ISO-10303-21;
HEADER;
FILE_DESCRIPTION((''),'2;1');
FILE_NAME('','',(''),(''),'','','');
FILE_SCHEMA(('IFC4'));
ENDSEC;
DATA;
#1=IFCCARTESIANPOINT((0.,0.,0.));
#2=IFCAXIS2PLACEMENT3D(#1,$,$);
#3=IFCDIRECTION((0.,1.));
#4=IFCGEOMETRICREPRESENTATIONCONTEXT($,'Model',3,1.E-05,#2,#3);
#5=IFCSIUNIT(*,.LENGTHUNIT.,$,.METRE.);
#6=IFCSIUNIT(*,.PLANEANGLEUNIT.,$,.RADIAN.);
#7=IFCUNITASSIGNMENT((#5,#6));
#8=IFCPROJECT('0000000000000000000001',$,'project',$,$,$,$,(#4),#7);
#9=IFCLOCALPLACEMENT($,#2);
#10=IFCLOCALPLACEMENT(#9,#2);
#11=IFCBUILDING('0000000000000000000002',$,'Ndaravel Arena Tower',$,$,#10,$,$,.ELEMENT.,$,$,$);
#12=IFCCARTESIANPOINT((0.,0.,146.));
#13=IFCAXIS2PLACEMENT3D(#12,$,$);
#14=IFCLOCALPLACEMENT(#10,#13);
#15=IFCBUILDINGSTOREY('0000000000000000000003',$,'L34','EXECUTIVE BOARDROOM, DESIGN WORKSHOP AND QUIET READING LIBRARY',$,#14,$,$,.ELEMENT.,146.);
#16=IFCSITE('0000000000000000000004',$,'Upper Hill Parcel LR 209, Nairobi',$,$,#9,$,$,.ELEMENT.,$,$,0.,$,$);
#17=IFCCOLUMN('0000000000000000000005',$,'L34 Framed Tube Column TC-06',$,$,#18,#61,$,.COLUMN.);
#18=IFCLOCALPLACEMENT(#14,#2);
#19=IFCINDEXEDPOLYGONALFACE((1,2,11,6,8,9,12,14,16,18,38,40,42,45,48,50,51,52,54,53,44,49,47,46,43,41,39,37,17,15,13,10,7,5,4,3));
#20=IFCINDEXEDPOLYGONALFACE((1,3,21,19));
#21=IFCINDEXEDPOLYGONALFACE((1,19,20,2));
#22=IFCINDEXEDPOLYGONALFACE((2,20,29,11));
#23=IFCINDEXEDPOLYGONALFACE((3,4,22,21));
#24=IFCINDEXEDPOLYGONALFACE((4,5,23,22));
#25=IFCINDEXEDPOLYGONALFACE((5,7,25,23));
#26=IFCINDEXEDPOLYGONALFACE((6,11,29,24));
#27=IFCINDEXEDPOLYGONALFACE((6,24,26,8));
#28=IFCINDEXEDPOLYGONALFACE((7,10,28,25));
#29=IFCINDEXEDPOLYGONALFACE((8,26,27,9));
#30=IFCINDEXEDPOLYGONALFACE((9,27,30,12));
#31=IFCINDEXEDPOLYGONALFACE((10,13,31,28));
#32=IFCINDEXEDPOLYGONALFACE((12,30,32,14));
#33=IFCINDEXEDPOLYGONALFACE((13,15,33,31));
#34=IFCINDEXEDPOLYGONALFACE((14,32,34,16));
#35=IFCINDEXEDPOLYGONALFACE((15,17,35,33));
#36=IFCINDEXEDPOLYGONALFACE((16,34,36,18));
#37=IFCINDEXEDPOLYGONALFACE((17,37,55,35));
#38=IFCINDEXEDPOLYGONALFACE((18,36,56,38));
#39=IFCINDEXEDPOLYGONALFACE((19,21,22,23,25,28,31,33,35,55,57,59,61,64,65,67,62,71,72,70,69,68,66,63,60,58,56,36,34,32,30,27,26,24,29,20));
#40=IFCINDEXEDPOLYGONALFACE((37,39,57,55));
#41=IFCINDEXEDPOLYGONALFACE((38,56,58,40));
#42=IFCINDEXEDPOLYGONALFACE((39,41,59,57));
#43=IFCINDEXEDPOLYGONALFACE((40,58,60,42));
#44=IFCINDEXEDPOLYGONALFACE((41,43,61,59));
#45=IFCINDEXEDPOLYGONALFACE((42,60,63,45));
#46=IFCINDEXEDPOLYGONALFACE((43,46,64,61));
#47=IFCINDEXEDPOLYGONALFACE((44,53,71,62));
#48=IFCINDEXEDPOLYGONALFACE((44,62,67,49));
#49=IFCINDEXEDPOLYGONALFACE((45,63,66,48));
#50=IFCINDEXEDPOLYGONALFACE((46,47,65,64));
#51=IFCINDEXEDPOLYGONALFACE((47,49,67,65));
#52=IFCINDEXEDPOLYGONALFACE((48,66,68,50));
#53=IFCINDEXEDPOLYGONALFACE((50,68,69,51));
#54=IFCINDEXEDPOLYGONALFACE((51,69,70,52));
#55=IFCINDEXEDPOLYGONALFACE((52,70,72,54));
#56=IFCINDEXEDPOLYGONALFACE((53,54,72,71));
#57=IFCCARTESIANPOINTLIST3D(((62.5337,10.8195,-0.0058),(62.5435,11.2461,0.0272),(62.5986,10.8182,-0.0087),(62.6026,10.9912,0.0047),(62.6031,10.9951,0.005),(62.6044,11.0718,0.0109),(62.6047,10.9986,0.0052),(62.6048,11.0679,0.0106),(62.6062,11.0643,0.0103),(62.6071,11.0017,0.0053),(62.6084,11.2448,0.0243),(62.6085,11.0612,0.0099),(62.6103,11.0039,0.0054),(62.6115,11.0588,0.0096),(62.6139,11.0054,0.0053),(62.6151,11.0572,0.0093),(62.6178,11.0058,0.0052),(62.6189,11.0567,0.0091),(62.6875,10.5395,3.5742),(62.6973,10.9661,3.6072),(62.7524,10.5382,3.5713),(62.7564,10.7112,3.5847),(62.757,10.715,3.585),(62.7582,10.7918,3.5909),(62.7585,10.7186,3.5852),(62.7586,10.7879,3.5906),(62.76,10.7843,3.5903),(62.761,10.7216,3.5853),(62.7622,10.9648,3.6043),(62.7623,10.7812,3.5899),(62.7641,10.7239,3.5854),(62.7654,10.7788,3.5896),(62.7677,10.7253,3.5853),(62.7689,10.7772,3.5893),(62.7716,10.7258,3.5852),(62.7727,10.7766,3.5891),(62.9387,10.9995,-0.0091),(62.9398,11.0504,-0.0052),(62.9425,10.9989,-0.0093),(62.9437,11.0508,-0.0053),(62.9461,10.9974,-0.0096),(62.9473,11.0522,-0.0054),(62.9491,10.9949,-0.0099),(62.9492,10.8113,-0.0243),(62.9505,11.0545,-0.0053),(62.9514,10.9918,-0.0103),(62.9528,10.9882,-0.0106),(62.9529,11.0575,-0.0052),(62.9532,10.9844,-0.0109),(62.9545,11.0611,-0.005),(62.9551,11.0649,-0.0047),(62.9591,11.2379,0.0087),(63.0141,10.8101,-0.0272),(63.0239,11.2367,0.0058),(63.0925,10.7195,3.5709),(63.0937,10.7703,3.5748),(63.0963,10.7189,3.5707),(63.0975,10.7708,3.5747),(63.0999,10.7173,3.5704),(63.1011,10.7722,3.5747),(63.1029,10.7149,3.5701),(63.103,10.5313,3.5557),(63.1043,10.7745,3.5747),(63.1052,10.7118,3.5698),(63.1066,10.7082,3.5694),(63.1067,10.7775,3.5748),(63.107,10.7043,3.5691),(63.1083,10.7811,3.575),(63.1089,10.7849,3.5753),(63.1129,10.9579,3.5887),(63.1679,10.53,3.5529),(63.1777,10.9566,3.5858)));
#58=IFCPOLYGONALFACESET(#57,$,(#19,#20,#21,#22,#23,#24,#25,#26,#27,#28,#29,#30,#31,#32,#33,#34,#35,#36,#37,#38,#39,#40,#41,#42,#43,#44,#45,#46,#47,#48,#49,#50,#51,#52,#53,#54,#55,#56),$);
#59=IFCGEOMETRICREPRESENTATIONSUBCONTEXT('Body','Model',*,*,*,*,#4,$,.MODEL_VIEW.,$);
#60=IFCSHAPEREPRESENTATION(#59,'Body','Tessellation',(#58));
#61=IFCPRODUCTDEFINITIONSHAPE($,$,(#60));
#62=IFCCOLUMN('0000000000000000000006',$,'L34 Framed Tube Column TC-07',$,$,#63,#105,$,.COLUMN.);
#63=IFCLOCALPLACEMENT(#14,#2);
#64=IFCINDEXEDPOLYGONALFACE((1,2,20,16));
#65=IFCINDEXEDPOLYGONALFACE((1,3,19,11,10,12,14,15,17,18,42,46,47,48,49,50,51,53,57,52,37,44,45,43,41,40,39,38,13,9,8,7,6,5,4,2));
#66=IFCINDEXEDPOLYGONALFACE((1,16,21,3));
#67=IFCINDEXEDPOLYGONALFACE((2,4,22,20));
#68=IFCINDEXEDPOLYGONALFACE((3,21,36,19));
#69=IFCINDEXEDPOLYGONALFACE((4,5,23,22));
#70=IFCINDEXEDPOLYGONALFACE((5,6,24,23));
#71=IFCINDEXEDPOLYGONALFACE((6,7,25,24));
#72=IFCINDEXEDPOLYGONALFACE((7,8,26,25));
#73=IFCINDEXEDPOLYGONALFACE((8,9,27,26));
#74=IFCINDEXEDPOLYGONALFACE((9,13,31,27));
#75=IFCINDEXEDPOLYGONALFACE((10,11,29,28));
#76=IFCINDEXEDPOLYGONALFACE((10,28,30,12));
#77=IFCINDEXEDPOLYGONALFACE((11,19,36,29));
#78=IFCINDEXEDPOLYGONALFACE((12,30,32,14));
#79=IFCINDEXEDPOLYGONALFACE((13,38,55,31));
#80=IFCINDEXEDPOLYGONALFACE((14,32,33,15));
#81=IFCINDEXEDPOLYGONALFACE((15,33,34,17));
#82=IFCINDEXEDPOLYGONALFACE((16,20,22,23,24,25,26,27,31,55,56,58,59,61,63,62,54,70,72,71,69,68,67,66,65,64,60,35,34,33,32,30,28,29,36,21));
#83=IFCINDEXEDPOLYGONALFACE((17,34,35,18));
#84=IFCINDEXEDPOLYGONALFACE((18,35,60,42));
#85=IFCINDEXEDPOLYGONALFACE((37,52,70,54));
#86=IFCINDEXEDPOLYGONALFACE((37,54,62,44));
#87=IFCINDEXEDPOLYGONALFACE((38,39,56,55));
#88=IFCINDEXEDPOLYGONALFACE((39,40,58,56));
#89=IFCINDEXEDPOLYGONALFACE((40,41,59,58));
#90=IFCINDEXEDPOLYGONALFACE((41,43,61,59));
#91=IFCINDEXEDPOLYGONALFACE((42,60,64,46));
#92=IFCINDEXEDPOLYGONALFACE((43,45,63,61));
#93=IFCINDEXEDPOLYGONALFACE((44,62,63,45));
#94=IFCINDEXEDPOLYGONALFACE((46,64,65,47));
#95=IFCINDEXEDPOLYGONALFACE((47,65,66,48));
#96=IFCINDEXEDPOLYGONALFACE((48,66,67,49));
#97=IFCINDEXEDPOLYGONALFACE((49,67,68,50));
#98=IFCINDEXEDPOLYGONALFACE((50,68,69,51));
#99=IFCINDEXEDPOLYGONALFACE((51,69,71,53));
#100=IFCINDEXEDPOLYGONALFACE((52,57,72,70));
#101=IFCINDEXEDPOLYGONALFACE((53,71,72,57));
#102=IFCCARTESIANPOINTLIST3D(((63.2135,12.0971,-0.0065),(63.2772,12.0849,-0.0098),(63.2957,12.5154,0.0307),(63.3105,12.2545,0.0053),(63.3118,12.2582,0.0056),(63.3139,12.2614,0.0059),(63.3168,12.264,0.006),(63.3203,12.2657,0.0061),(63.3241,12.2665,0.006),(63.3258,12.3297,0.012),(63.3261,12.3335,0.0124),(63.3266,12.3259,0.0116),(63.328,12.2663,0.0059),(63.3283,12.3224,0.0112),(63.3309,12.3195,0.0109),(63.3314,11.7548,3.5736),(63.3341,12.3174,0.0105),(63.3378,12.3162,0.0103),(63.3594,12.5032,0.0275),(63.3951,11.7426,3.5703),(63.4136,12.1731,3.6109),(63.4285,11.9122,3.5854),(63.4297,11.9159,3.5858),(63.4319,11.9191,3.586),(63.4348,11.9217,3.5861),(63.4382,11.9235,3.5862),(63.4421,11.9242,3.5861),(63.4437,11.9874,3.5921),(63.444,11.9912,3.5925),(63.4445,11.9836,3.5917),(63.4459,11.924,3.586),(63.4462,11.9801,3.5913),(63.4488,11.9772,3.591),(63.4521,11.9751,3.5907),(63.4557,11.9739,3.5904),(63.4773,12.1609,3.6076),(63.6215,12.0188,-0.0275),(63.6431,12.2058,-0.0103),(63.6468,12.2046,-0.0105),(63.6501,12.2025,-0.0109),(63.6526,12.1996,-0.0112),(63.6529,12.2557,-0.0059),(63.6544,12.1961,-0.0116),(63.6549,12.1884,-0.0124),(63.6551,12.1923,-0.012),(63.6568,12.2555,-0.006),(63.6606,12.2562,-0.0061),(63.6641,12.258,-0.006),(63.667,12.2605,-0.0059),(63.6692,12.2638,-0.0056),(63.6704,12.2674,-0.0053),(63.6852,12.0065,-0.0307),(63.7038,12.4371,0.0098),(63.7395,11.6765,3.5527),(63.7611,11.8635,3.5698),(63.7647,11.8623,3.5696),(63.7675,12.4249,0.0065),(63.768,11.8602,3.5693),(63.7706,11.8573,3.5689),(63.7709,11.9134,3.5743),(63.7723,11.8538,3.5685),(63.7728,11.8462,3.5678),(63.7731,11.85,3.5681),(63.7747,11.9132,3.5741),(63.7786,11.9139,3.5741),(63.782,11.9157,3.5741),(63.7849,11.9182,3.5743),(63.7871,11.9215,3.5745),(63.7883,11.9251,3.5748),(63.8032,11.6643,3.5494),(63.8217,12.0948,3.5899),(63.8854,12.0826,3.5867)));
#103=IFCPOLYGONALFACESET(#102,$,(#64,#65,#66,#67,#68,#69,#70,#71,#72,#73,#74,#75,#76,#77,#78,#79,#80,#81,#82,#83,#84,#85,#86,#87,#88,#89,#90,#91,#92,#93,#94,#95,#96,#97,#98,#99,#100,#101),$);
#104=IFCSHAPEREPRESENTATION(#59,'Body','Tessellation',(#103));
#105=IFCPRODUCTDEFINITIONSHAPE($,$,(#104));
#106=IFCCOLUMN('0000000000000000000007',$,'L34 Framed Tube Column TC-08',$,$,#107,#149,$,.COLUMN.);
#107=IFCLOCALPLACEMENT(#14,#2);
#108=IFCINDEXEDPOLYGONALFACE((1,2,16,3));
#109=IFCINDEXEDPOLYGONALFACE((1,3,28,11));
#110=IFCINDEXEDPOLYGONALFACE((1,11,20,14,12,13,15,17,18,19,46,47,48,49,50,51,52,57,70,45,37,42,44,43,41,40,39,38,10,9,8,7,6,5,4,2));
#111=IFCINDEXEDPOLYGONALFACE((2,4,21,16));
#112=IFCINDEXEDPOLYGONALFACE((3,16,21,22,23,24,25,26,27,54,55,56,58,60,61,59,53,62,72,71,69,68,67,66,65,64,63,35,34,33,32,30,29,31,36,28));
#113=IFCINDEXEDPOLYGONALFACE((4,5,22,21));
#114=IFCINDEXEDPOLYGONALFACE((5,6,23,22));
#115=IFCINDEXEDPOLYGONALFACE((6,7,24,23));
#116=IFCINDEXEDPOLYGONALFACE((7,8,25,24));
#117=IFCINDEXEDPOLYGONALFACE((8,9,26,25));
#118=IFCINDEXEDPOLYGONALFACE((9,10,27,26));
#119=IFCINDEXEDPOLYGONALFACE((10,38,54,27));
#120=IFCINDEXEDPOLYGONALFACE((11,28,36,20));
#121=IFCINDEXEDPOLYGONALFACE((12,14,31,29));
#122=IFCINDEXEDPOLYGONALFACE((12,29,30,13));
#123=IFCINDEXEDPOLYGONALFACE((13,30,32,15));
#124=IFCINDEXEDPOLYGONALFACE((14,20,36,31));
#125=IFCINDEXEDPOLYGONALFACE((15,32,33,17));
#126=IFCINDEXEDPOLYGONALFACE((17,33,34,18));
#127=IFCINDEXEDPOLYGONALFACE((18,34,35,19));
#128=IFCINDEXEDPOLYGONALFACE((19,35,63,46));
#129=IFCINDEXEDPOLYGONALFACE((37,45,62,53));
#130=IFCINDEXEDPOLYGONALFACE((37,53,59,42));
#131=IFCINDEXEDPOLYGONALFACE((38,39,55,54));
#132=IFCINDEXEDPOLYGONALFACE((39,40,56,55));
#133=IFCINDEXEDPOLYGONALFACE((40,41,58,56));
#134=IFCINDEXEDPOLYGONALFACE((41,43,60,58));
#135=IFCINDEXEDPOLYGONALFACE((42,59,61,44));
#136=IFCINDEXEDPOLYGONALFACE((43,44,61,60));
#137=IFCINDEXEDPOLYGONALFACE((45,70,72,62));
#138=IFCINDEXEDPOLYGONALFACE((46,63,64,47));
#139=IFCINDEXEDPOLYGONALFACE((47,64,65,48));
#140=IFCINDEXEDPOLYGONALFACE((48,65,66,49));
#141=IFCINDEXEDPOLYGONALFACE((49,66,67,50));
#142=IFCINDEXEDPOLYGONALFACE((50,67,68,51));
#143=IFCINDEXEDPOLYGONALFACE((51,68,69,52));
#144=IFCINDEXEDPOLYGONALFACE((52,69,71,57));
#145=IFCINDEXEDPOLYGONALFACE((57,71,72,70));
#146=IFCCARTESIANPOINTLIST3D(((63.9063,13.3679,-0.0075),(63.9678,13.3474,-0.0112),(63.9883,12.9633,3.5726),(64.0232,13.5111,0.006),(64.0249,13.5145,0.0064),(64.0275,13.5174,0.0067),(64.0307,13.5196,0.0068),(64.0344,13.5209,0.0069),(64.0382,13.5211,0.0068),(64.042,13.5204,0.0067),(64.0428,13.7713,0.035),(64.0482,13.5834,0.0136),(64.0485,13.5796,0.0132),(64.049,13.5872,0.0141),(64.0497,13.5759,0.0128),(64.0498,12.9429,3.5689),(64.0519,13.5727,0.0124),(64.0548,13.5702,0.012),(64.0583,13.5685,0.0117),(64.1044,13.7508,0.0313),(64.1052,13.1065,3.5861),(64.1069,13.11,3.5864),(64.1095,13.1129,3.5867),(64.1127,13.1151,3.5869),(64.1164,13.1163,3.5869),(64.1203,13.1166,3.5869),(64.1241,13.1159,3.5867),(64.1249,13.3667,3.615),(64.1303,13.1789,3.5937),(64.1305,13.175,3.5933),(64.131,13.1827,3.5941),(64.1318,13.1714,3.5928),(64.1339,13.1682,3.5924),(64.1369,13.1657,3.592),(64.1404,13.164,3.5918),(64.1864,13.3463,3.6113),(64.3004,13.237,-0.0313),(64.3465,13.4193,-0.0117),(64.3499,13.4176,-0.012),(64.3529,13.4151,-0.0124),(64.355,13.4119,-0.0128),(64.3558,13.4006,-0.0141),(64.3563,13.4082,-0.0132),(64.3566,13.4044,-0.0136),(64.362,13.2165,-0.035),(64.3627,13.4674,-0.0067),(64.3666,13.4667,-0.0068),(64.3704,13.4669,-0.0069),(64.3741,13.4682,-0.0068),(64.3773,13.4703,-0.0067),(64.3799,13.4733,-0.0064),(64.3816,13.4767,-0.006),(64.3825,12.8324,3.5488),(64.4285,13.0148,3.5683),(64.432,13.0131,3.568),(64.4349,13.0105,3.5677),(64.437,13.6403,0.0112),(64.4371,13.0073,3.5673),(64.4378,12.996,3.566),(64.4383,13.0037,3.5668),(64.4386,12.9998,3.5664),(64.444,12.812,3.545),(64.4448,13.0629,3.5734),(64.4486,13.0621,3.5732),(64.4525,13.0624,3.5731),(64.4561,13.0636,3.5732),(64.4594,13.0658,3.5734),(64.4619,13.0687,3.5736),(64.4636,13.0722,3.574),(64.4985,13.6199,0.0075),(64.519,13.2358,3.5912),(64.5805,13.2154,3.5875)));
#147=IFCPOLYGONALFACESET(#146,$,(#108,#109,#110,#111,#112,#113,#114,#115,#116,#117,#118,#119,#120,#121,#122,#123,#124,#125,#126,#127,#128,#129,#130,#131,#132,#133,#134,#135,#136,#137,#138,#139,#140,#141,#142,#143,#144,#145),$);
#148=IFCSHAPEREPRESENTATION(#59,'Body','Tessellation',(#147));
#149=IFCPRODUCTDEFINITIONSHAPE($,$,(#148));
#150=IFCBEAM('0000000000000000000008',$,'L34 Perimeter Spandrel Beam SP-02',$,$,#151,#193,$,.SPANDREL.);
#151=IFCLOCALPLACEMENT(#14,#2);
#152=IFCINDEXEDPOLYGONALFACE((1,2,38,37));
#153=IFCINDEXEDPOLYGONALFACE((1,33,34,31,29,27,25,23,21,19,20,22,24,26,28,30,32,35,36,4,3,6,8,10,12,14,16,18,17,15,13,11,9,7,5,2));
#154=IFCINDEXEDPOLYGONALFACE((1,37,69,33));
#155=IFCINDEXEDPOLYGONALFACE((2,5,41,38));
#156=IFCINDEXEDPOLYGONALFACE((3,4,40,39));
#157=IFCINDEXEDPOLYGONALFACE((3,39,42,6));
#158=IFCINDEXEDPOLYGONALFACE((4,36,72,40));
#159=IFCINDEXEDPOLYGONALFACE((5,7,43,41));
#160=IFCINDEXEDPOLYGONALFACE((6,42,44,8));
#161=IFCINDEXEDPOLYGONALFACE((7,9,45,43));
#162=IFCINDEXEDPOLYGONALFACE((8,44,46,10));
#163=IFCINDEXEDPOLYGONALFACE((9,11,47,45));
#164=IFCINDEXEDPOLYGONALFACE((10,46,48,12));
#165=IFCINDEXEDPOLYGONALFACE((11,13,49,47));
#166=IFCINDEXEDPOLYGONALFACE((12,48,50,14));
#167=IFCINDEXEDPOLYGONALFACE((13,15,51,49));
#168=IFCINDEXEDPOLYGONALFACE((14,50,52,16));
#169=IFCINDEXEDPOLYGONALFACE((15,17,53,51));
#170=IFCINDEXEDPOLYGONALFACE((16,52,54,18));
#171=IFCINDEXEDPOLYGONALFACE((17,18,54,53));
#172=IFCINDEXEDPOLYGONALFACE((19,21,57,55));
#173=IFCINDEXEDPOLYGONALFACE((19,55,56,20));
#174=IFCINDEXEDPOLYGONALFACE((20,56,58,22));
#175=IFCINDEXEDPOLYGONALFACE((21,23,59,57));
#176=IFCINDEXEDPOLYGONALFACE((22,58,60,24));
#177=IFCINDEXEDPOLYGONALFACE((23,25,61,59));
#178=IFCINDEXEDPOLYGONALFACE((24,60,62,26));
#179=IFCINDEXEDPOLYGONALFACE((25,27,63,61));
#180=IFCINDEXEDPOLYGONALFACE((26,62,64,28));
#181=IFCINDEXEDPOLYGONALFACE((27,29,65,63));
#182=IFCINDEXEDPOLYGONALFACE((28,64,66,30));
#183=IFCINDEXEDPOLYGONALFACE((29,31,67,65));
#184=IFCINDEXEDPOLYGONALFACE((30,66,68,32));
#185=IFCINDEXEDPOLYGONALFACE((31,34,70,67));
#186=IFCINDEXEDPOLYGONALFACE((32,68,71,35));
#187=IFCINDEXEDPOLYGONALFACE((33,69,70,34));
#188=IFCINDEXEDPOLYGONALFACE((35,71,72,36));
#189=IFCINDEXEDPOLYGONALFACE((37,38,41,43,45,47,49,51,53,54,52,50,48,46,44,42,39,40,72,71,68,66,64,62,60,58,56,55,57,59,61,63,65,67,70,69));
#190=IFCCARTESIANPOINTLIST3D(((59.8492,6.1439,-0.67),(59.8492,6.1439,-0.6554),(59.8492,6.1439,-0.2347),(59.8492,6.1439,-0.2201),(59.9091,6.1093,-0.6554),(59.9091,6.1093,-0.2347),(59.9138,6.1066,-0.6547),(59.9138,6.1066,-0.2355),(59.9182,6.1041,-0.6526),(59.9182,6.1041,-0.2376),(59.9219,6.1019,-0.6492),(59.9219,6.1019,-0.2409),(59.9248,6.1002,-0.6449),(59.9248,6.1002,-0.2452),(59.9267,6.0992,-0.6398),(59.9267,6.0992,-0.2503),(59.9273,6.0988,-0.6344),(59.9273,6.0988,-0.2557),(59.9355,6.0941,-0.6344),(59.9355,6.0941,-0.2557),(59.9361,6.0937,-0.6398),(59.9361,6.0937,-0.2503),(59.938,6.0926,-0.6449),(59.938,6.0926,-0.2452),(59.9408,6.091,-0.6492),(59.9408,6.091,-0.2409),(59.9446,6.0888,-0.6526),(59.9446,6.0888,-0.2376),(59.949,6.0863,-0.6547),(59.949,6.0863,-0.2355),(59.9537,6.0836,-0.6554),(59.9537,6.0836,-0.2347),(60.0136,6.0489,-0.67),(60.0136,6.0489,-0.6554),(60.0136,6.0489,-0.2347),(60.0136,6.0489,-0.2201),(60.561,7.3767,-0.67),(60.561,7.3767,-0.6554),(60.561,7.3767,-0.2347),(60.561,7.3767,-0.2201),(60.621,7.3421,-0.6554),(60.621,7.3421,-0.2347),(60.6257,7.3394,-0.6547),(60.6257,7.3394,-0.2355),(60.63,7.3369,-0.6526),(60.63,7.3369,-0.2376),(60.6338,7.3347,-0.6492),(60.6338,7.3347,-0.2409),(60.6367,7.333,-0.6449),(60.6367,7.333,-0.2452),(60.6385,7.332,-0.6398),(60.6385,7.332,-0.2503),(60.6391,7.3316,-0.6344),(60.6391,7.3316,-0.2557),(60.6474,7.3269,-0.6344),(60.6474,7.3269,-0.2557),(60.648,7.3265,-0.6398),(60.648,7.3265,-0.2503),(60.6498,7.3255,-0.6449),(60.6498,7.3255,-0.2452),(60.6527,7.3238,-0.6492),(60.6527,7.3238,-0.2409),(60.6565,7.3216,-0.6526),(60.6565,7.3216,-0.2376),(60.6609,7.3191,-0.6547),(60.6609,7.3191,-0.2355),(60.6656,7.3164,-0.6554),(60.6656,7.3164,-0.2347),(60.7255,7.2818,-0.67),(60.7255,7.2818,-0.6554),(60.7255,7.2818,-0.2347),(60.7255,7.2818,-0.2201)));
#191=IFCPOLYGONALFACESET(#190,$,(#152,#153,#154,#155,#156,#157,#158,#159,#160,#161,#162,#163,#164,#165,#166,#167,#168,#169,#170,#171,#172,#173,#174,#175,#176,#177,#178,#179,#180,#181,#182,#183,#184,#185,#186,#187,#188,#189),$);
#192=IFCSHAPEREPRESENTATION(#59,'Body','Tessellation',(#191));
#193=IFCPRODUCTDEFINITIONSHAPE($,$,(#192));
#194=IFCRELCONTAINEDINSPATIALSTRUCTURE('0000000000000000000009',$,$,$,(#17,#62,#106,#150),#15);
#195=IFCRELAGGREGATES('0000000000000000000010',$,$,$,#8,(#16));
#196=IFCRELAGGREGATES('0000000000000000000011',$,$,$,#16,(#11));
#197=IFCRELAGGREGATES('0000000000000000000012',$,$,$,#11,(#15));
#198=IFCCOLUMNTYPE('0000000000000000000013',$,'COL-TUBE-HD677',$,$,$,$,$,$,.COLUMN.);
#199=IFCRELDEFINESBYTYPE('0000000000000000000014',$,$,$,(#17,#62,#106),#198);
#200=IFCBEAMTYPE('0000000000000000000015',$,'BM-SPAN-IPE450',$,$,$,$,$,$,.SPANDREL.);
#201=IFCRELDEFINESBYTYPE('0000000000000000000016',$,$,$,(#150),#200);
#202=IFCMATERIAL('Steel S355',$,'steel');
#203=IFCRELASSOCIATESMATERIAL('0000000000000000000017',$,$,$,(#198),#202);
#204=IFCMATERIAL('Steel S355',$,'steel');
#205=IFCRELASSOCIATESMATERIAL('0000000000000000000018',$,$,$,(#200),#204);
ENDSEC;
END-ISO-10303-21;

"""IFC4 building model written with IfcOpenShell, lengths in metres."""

from ifc_helpers import new_model, si_unit, direction, frame, origin, origin_2d, place, context, subcontext, project, spatial, i_section, extrude, material, material_profile, profile_set, type_object, element, save


model = new_model("IFC4")

# Units and contexts
model_context = context("Model", 3, precision=1e-05, world=origin(), true_north=direction((0.0, 1.0)))
body_context = subcontext(model_context, "Body", "Model", "MODEL_VIEW")
ifc_project = project(units=[si_unit("LENGTHUNIT", "METRE"), si_unit("PLANEANGLEUNIT", "RADIAN")], contexts=[model_context])

# Site, building, storey
site_placement = place(None, origin())
site = spatial("IfcSite", under=ifc_project, at=site_placement, Name="Upper Hill Parcel LR 209, Nairobi", CompositionType="ELEMENT", RefElevation=0.0)
building_placement = place(site_placement, origin())
building = spatial("IfcBuilding", under=site, at=building_placement, Name="Ndaravel Arena Tower", CompositionType="ELEMENT")
storey_placement = place(building_placement, frame((0.0, 0.0, 146.0)))
storey = spatial("IfcBuildingStorey", under=building, at=storey_placement, Name="L34", Description="EXECUTIVE BOARDROOM, DESIGN WORKSHOP AND QUIET READING LIBRARY", CompositionType="ELEMENT", Elevation=146.0)

# Columns
ifc_material_1 = material(Name="Steel S355", Category="steel")
ifc_material_profile_1 = material_profile(ifc_material_1, i_section(OverallWidth=0.428, OverallDepth=0.481, WebThickness=0.051, FlangeThickness=0.0649, FilletRadius=0.0149, at=origin_2d()), Name="HD 400x677")
ifc_profile_set_1 = profile_set([ifc_material_profile_1], Name="Steel S355")
column_type = type_object("IfcColumnType", Name="COL-TUBE-HD677", PredefinedType="COLUMN", material=ifc_profile_set_1)
column_1_placement = place(storey_placement, frame((62.7788, 11.0281, 0.0), z_axis=(0.042792, -0.077909, 0.996042), x_axis=(0.022973, 0.996768, 0.076979)))
element("IfcColumn", 1, at=column_1_placement, inside=storey, type_object=column_type, Name="L34 Framed Tube Column TC-06", PredefinedType="COLUMN", context=body_context, shape_type="SweptSolid", body=[
    extrude(i_section(OverallWidth=0.428, OverallDepth=0.481, WebThickness=0.051, FlangeThickness=0.0649, FilletRadius=0.0149, at=origin_2d()), origin(), (0.0, 0.0, 1.0), 3.5942),
])
column_2_placement = place(storey_placement, frame((63.4905, 12.261, 0.0), z_axis=(0.032771, -0.095123, 0.994926), x_axis=(0.192082, 0.977503, 0.087131)))
element("IfcColumn", 2, at=column_2_placement, inside=storey, type_object=column_type, Name="L34 Framed Tube Column TC-07", PredefinedType="COLUMN", context=body_context, shape_type="SweptSolid", body=[
    extrude(i_section(OverallWidth=0.428, OverallDepth=0.481, WebThickness=0.051, FlangeThickness=0.0649, FilletRadius=0.0149, at=origin_2d()), origin(), (0.0, 0.0, 1.0), 3.5984),
])
column_3_placement = place(storey_placement, frame((64.2024, 13.4939, 0.0), z_axis=(0.022762, -0.112254, 0.993419), x_axis=(0.319053, 0.942532, 0.099193)))
element("IfcColumn", 3, at=column_3_placement, inside=storey, type_object=column_type, Name="L34 Framed Tube Column TC-08", PredefinedType="COLUMN", context=body_context, shape_type="SweptSolid", body=[
    extrude(i_section(OverallWidth=0.428, OverallDepth=0.481, WebThickness=0.051, FlangeThickness=0.0649, FilletRadius=0.0149, at=origin_2d()), origin(), (0.0, 0.0, 1.0), 3.6038),
])

# Beam
ifc_material_2 = material(Name="Steel S355", Category="steel")
ifc_material_profile_2 = material_profile(ifc_material_2, i_section(OverallWidth=0.1899, OverallDepth=0.45, WebThickness=0.0095, FlangeThickness=0.0146, FilletRadius=0.021, at=origin_2d()), Name="IPE 450")
ifc_profile_set_2 = profile_set([ifc_material_profile_2], Name="Steel S355")
beam_type = type_object("IfcBeamType", Name="BM-SPAN-IPE450", PredefinedType="SPANDREL", material=ifc_profile_set_2)
for number, where, z_axis, x_axis, name in (
    (4, (59.9314, 6.0964, -0.4451), (0.500049, 0.865997, 0.0), (-0.865997, 0.500049, 0.0), "L34 Perimeter Spandrel Beam SP-02"),
):
    element("IfcBeam", number, at=place(storey_placement, frame(where, z_axis=z_axis, x_axis=x_axis)), inside=storey, type_object=beam_type, Name=name, PredefinedType="SPANDREL", context=body_context, shape_type="SweptSolid", body=[
        extrude(i_section(OverallWidth=0.1899, OverallDepth=0.45, WebThickness=0.0095, FlangeThickness=0.0146, FilletRadius=0.021, at=origin_2d()), origin(), (0.0, 0.0, 1.0), 1.4236),
    ])

save(model, "model.ifc")
